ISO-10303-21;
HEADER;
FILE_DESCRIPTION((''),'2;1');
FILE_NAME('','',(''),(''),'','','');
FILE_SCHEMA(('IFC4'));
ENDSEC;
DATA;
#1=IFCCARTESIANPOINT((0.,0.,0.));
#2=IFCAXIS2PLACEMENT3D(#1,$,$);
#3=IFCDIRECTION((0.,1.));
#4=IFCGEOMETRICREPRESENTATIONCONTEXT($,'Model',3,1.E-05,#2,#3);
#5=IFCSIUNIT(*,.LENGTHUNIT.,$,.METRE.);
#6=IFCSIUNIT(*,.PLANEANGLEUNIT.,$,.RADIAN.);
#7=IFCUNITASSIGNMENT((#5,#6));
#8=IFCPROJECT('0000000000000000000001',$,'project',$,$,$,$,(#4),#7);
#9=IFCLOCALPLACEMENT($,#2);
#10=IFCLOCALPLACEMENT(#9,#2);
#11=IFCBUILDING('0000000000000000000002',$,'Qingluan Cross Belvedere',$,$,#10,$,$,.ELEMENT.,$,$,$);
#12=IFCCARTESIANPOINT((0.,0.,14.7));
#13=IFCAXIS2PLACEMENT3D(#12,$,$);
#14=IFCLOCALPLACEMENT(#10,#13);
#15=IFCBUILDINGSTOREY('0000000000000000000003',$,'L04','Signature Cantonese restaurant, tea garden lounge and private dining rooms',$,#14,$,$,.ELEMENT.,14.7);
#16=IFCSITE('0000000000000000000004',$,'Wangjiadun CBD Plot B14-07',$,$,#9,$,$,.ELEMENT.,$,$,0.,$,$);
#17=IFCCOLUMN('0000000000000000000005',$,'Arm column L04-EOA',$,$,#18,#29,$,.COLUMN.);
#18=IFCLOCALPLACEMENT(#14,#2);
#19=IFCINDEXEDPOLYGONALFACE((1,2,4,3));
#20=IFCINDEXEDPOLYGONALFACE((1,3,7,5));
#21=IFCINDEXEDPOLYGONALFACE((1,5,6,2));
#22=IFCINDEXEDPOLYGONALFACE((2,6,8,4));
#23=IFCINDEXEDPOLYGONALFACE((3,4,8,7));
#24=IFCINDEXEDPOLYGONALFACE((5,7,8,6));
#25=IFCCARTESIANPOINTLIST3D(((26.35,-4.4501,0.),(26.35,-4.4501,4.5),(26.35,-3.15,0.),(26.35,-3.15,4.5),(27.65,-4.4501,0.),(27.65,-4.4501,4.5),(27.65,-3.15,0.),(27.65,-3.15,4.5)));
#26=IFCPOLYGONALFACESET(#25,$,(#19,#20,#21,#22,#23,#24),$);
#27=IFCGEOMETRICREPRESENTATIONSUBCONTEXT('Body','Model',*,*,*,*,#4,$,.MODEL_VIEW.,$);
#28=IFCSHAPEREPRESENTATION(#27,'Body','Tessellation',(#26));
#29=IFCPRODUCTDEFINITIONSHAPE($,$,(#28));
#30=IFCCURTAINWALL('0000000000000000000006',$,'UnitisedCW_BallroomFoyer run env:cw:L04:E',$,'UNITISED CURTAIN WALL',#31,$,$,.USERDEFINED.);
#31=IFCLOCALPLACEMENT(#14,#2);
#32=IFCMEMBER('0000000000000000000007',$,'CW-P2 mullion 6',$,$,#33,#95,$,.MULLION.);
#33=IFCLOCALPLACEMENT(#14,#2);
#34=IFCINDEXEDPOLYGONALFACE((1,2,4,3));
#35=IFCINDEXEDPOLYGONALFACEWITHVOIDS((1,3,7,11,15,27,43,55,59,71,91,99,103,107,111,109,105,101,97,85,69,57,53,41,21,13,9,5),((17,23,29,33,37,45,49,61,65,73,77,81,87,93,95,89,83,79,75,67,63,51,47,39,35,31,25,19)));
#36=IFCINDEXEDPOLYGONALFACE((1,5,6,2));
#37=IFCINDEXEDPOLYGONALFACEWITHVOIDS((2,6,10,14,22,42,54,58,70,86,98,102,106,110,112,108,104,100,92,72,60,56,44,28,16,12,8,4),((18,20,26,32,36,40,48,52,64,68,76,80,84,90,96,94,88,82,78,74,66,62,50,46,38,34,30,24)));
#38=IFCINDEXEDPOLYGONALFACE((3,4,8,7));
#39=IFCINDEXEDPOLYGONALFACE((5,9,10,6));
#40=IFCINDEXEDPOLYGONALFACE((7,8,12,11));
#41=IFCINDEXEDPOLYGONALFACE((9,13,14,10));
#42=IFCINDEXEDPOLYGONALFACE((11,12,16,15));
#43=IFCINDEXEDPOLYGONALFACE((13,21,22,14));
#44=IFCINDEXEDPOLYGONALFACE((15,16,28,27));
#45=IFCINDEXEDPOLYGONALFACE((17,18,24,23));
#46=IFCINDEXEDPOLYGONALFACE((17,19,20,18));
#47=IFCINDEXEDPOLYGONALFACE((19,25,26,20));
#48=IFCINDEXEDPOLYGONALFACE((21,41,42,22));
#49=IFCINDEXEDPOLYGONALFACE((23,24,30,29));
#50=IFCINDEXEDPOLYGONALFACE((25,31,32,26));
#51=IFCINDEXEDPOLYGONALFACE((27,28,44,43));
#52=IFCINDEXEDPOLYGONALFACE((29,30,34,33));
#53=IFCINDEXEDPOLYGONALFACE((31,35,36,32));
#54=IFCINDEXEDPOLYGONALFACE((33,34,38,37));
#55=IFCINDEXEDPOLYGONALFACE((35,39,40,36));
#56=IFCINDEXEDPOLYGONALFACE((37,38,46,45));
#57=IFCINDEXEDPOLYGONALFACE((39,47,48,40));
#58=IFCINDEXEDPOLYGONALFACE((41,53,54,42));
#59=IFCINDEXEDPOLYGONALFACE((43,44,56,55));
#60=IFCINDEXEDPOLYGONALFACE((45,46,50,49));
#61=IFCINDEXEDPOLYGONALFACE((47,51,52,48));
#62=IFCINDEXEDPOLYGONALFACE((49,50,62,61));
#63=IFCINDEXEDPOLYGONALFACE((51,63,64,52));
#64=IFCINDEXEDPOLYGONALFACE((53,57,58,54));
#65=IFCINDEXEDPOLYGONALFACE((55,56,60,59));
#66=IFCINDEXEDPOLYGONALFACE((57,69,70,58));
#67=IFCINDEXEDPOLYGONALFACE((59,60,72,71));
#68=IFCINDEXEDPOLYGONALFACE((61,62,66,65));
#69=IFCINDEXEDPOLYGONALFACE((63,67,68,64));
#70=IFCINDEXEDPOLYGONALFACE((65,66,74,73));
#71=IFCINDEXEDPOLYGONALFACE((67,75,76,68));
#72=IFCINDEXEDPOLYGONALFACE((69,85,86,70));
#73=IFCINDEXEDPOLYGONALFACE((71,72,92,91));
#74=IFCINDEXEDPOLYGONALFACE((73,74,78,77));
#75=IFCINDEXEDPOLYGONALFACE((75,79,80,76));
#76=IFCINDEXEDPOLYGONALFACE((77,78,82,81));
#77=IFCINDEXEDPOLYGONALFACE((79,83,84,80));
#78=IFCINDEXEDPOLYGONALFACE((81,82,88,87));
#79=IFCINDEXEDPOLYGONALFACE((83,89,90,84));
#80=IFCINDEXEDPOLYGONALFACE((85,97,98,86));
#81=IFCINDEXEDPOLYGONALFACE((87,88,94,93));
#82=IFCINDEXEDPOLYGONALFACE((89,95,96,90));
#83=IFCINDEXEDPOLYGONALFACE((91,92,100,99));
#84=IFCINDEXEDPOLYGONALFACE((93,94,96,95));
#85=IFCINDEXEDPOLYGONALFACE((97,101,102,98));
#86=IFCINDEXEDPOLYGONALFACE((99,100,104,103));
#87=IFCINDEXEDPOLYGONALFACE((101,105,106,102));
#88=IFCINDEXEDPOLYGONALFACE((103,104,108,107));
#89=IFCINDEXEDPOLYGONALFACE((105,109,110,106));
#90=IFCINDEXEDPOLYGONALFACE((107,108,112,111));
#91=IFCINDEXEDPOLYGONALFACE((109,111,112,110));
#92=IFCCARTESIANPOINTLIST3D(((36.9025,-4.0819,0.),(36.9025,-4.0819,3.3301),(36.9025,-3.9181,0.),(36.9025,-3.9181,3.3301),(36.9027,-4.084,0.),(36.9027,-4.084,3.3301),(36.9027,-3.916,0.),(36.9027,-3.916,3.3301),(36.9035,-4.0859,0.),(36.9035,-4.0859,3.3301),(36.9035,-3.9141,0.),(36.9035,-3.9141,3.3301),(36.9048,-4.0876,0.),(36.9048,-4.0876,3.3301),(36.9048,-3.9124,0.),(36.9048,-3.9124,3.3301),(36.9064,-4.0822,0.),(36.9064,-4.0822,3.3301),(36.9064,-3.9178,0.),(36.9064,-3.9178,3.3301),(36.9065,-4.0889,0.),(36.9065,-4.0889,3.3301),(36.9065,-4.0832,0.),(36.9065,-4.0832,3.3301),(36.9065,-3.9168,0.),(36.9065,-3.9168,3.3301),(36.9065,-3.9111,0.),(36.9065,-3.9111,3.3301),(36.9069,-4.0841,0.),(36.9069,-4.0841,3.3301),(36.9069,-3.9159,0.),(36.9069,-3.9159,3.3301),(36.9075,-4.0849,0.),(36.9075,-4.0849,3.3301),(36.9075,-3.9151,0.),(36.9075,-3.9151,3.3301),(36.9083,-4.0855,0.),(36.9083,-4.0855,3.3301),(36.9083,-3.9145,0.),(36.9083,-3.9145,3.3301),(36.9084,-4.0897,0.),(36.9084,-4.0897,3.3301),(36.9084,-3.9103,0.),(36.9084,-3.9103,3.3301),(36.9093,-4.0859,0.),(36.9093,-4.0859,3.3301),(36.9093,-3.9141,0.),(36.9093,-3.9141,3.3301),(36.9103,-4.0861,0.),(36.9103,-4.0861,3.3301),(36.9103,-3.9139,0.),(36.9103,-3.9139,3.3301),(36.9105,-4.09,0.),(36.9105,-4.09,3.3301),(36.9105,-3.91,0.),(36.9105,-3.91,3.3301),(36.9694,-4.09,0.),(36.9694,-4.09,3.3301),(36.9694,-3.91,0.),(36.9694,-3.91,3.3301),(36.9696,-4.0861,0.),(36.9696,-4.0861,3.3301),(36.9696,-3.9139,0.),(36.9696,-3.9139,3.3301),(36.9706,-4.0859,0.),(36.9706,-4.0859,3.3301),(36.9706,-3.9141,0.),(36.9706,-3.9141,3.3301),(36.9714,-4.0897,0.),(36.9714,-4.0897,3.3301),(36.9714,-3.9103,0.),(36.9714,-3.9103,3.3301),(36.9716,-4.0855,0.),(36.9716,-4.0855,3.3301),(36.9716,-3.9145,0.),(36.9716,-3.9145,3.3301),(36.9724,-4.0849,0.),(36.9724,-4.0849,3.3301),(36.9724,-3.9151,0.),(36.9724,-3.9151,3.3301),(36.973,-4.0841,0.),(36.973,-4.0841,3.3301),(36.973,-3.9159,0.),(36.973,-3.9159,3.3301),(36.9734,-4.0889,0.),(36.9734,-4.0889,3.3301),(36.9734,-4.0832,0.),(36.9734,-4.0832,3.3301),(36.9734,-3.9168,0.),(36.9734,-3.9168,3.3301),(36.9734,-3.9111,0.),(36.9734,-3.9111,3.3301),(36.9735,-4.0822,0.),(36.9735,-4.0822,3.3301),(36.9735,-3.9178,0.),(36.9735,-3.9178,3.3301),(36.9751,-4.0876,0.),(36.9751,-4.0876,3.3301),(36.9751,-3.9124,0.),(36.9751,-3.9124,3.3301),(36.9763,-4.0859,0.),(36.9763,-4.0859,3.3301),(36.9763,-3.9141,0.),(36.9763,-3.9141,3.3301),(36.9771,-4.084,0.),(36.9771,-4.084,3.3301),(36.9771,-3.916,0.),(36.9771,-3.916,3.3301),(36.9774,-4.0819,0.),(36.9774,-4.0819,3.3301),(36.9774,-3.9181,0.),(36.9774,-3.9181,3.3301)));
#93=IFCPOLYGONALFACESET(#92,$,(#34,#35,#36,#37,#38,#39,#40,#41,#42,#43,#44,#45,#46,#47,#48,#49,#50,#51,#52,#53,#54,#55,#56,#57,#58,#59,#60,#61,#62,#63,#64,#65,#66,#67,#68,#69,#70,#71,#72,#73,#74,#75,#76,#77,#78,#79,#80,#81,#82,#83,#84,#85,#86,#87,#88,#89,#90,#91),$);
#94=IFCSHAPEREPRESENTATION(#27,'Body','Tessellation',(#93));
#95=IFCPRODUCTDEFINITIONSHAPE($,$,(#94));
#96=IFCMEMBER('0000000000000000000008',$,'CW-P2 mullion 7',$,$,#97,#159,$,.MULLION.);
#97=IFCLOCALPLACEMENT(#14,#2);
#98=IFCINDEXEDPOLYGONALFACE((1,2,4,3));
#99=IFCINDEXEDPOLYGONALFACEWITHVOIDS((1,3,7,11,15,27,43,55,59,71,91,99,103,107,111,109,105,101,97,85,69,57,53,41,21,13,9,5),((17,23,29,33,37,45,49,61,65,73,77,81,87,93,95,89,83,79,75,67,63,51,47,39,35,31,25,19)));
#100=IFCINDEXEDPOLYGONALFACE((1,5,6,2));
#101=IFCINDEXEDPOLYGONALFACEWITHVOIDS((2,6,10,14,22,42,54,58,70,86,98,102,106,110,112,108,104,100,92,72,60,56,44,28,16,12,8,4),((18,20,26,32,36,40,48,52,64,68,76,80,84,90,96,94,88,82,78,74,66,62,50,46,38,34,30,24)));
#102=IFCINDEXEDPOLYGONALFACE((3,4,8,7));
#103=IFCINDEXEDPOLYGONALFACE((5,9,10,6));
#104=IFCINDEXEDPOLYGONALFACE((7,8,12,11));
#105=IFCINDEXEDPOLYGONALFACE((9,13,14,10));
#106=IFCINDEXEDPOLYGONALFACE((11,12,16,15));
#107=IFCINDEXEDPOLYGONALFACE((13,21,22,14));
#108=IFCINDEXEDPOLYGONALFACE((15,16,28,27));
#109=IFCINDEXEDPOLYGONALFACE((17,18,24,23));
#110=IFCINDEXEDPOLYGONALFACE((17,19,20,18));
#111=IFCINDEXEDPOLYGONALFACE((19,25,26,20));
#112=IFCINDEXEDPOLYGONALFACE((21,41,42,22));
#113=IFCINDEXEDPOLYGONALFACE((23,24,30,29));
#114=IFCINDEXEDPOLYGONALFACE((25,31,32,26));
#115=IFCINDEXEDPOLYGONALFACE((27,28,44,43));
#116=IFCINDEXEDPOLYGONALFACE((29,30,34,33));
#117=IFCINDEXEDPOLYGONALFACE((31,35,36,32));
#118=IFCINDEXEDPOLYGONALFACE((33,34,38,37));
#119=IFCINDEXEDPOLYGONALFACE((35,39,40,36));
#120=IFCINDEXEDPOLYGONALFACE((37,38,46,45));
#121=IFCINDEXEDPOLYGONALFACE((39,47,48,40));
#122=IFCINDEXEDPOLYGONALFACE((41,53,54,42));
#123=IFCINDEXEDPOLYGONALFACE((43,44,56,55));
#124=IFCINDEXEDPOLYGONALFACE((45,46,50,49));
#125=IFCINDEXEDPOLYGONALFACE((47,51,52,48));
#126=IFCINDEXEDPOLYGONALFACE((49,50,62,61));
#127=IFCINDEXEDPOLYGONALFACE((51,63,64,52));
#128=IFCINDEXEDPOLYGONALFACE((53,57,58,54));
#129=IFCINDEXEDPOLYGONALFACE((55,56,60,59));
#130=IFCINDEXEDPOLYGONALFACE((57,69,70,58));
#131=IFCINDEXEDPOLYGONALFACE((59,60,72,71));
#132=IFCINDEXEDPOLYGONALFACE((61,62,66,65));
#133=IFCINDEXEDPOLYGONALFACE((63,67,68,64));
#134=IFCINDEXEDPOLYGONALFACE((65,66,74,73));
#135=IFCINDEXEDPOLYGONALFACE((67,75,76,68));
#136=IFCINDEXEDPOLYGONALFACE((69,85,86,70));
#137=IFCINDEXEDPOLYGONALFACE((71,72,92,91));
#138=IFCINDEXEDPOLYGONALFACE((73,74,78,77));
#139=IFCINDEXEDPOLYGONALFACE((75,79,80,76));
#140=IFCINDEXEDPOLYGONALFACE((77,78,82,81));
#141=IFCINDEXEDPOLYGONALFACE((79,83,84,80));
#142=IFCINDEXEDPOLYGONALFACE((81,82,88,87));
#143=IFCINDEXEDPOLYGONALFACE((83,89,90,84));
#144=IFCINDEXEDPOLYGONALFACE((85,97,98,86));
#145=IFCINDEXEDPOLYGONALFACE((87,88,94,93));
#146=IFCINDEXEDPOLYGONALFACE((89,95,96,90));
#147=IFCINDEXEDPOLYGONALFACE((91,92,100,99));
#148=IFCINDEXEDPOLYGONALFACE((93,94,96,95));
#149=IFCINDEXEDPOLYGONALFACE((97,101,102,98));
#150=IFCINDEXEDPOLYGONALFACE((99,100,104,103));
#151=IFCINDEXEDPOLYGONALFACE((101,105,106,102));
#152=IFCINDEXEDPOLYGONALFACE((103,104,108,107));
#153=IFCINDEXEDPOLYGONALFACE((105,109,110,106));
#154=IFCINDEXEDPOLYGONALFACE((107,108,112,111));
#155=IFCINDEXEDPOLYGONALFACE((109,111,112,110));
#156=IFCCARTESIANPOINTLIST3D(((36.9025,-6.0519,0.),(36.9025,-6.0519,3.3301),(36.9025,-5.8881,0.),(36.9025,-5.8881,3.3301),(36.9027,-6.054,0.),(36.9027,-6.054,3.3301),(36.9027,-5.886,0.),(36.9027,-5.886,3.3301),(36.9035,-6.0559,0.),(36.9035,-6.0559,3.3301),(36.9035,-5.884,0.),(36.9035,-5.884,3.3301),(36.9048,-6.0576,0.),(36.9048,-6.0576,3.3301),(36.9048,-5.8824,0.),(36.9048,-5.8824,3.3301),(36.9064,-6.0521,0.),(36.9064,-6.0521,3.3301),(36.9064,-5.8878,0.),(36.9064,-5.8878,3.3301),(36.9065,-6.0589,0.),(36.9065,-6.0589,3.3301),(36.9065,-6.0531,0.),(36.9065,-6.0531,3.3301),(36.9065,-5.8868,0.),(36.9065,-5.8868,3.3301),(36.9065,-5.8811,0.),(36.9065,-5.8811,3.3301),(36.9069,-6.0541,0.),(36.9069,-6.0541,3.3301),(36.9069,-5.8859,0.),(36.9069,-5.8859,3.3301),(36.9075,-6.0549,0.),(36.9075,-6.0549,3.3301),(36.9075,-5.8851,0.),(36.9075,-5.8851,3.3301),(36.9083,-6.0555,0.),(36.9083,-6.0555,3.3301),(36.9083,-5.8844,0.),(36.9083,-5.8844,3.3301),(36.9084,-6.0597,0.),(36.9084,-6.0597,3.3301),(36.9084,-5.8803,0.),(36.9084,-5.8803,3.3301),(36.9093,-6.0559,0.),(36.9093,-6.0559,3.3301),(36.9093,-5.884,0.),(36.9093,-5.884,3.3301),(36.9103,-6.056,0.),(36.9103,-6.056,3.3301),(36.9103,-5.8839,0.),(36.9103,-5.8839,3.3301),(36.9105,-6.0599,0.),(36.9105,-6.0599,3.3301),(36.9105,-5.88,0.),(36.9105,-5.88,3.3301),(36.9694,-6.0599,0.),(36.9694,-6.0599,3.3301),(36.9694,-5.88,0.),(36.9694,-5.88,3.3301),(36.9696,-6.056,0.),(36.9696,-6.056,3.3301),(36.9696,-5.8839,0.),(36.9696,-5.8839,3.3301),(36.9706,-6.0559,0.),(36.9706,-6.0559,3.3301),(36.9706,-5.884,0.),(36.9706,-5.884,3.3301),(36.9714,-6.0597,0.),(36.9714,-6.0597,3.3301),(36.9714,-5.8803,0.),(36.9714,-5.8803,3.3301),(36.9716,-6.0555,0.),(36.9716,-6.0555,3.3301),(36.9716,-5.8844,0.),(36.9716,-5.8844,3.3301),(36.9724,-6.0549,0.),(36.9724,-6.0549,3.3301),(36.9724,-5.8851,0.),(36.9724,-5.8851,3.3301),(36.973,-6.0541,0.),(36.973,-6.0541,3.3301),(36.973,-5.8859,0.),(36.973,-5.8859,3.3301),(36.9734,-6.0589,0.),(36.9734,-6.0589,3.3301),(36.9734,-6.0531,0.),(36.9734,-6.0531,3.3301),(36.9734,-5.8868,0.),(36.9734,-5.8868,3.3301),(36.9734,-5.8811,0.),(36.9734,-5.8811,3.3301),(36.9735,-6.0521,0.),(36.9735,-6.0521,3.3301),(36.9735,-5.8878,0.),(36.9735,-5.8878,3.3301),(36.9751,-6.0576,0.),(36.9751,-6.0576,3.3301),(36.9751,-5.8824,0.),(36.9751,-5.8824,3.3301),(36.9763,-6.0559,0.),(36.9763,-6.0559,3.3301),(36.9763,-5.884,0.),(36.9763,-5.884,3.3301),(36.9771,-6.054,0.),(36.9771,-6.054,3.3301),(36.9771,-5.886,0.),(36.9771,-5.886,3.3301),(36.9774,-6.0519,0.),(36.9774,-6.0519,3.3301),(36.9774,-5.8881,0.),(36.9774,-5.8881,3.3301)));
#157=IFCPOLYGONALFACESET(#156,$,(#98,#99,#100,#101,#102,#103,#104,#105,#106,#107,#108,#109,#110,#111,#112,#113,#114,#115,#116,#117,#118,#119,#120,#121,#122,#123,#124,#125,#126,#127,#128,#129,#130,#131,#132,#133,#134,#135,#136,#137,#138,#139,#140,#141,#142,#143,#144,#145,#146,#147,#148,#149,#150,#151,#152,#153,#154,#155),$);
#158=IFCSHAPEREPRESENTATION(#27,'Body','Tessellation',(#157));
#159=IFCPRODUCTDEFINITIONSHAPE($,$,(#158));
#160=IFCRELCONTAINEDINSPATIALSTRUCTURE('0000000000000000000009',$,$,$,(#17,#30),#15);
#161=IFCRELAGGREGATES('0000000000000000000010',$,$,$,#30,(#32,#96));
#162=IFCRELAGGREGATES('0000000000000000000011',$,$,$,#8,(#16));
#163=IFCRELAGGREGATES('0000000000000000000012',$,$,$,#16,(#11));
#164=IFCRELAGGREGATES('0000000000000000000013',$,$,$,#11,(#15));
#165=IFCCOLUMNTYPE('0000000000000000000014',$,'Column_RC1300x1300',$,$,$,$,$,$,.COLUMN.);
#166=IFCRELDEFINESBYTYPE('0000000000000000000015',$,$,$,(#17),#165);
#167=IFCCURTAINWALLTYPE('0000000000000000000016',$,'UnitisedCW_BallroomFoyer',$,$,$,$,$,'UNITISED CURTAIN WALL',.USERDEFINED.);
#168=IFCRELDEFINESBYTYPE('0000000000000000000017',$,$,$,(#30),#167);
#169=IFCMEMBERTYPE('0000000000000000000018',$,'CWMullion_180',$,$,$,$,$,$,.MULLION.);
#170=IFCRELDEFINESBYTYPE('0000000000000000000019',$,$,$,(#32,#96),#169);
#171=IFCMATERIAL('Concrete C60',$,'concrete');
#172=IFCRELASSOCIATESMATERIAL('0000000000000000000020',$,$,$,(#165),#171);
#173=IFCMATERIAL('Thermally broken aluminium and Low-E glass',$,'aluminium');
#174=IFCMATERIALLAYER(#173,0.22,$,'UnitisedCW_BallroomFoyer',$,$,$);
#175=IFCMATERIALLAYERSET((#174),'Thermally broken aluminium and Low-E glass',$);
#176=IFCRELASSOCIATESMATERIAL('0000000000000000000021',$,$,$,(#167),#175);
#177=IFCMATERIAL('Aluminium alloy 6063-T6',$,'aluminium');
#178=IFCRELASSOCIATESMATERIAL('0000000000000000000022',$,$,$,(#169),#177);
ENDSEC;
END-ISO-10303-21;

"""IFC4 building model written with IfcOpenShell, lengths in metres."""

from ifc_helpers import new_model, si_unit, direction, frame, origin, origin_2d, place, context, subcontext, project, spatial, rectangle, hollow_rectangle, extrude, material, layer, layer_set, material_profile, profile_set, type_object, element, aggregate, save


model = new_model("IFC4")

# Units and contexts
model_context = context("Model", 3, precision=1e-05, world=origin(), true_north=direction((0.0, 1.0)))
body_context = subcontext(model_context, "Body", "Model", "MODEL_VIEW")
ifc_project = project(units=[si_unit("LENGTHUNIT", "METRE"), si_unit("PLANEANGLEUNIT", "RADIAN")], contexts=[model_context])

# Site, building, storey
site_placement = place(None, origin())
site = spatial("IfcSite", under=ifc_project, at=site_placement, Name="Wangjiadun CBD Plot B14-07", CompositionType="ELEMENT", RefElevation=0.0)
building_placement = place(site_placement, origin())
building = spatial("IfcBuilding", under=site, at=building_placement, Name="Qingluan Cross Belvedere", CompositionType="ELEMENT")
storey_placement = place(building_placement, frame((0.0, 0.0, 14.7)))
storey = spatial("IfcBuildingStorey", under=building, at=storey_placement, Name="L04", Description="Signature Cantonese restaurant, tea garden lounge and private dining rooms", CompositionType="ELEMENT", Elevation=14.7)

# Column
ifc_material_1 = material(Name="Concrete C60", Category="concrete")
ifc_material_profile_1 = material_profile(ifc_material_1, rectangle(XDim=1.3, YDim=1.3, at=origin_2d()), Name="RC1300x1300")
ifc_profile_set_1 = profile_set([ifc_material_profile_1], Name="Concrete C60")
column_type = type_object("IfcColumnType", Name="Column_RC1300x1300", PredefinedType="COLUMN", material=ifc_profile_set_1)
column_placement = place(storey_placement, frame((27.0, -3.8, 0.0), z_axis=(0.0, 0.0, 1.0), x_axis=(1.0, 0.0, 0.0)))
element("IfcColumn", 1, at=column_placement, inside=storey, type_object=column_type, Name="Arm column L04-EOA", PredefinedType="COLUMN", context=body_context, shape_type="SweptSolid", body=[
    extrude(rectangle(XDim=1.3, YDim=1.3, at=origin_2d()), origin(), (0.0, 0.0, 1.0), 4.5),
])

# Curtain wall, members
ifc_material_2 = material(Name="Thermally broken aluminium and Low-E glass", Category="aluminium")
ifc_layer_1 = layer(ifc_material_2, 0.22, Name="UnitisedCW_BallroomFoyer")
ifc_layer_set_1 = layer_set([ifc_layer_1], Name="Thermally broken aluminium and Low-E glass")
curtain_wall_type = type_object("IfcCurtainWallType", Name="UnitisedCW_BallroomFoyer", ElementType="UNITISED CURTAIN WALL", PredefinedType="USERDEFINED", material=ifc_layer_set_1)
curtain_wall_placement = place(storey_placement, origin())
curtain_wall = element("IfcCurtainWall", 2, at=curtain_wall_placement, inside=storey, type_object=curtain_wall_type, Name="UnitisedCW_BallroomFoyer run env:cw:L04:E", ObjectType="UNITISED CURTAIN WALL", PredefinedType="USERDEFINED")
ifc_material_3 = material(Name="Aluminium alloy 6063-T6", Category="aluminium")
ifc_material_profile_2 = material_profile(ifc_material_3, hollow_rectangle(XDim=0.075, YDim=0.1799, WallThickness=0.0039, InnerFilletRadius=0.0039, OuterFilletRadius=0.0081, at=origin_2d()), Name="CWM180x75x4")
ifc_profile_set_2 = profile_set([ifc_material_profile_2], Name="Aluminium alloy 6063-T6")
member_type_1 = type_object("IfcMemberType", Name="CWMullion_180", PredefinedType="MULLION", material=ifc_profile_set_2)
member_1_placement = place(storey_placement, frame((36.9399, -4.0, 0.0), z_axis=(0.0, 0.0, 1.0), x_axis=(1.0, 0.0, 0.0)))
member_1 = element("IfcMember", 3, at=member_1_placement, type_object=member_type_1, Name="CW-P2 mullion 6", PredefinedType="MULLION", context=body_context, shape_type="SweptSolid", body=[
    extrude(hollow_rectangle(XDim=0.075, YDim=0.1799, WallThickness=0.0039, InnerFilletRadius=0.0039, OuterFilletRadius=0.0081, at=origin_2d()), origin(), (0.0, 0.0, 1.0), 3.3301),
])
member_2_placement = place(storey_placement, frame((36.9399, -5.97, 0.0), z_axis=(0.0, 0.0, 1.0), x_axis=(1.0, 0.0, 0.0)))
member_2 = element("IfcMember", 4, at=member_2_placement, type_object=member_type_1, Name="CW-P2 mullion 7", PredefinedType="MULLION", context=body_context, shape_type="SweptSolid", body=[
    extrude(hollow_rectangle(XDim=0.075, YDim=0.1799, WallThickness=0.0039, InnerFilletRadius=0.0039, OuterFilletRadius=0.0081, at=origin_2d()), origin(), (0.0, 0.0, 1.0), 3.3301),
])

aggregate(curtain_wall, [member_1, member_2])

save(model, "model.ifc")
